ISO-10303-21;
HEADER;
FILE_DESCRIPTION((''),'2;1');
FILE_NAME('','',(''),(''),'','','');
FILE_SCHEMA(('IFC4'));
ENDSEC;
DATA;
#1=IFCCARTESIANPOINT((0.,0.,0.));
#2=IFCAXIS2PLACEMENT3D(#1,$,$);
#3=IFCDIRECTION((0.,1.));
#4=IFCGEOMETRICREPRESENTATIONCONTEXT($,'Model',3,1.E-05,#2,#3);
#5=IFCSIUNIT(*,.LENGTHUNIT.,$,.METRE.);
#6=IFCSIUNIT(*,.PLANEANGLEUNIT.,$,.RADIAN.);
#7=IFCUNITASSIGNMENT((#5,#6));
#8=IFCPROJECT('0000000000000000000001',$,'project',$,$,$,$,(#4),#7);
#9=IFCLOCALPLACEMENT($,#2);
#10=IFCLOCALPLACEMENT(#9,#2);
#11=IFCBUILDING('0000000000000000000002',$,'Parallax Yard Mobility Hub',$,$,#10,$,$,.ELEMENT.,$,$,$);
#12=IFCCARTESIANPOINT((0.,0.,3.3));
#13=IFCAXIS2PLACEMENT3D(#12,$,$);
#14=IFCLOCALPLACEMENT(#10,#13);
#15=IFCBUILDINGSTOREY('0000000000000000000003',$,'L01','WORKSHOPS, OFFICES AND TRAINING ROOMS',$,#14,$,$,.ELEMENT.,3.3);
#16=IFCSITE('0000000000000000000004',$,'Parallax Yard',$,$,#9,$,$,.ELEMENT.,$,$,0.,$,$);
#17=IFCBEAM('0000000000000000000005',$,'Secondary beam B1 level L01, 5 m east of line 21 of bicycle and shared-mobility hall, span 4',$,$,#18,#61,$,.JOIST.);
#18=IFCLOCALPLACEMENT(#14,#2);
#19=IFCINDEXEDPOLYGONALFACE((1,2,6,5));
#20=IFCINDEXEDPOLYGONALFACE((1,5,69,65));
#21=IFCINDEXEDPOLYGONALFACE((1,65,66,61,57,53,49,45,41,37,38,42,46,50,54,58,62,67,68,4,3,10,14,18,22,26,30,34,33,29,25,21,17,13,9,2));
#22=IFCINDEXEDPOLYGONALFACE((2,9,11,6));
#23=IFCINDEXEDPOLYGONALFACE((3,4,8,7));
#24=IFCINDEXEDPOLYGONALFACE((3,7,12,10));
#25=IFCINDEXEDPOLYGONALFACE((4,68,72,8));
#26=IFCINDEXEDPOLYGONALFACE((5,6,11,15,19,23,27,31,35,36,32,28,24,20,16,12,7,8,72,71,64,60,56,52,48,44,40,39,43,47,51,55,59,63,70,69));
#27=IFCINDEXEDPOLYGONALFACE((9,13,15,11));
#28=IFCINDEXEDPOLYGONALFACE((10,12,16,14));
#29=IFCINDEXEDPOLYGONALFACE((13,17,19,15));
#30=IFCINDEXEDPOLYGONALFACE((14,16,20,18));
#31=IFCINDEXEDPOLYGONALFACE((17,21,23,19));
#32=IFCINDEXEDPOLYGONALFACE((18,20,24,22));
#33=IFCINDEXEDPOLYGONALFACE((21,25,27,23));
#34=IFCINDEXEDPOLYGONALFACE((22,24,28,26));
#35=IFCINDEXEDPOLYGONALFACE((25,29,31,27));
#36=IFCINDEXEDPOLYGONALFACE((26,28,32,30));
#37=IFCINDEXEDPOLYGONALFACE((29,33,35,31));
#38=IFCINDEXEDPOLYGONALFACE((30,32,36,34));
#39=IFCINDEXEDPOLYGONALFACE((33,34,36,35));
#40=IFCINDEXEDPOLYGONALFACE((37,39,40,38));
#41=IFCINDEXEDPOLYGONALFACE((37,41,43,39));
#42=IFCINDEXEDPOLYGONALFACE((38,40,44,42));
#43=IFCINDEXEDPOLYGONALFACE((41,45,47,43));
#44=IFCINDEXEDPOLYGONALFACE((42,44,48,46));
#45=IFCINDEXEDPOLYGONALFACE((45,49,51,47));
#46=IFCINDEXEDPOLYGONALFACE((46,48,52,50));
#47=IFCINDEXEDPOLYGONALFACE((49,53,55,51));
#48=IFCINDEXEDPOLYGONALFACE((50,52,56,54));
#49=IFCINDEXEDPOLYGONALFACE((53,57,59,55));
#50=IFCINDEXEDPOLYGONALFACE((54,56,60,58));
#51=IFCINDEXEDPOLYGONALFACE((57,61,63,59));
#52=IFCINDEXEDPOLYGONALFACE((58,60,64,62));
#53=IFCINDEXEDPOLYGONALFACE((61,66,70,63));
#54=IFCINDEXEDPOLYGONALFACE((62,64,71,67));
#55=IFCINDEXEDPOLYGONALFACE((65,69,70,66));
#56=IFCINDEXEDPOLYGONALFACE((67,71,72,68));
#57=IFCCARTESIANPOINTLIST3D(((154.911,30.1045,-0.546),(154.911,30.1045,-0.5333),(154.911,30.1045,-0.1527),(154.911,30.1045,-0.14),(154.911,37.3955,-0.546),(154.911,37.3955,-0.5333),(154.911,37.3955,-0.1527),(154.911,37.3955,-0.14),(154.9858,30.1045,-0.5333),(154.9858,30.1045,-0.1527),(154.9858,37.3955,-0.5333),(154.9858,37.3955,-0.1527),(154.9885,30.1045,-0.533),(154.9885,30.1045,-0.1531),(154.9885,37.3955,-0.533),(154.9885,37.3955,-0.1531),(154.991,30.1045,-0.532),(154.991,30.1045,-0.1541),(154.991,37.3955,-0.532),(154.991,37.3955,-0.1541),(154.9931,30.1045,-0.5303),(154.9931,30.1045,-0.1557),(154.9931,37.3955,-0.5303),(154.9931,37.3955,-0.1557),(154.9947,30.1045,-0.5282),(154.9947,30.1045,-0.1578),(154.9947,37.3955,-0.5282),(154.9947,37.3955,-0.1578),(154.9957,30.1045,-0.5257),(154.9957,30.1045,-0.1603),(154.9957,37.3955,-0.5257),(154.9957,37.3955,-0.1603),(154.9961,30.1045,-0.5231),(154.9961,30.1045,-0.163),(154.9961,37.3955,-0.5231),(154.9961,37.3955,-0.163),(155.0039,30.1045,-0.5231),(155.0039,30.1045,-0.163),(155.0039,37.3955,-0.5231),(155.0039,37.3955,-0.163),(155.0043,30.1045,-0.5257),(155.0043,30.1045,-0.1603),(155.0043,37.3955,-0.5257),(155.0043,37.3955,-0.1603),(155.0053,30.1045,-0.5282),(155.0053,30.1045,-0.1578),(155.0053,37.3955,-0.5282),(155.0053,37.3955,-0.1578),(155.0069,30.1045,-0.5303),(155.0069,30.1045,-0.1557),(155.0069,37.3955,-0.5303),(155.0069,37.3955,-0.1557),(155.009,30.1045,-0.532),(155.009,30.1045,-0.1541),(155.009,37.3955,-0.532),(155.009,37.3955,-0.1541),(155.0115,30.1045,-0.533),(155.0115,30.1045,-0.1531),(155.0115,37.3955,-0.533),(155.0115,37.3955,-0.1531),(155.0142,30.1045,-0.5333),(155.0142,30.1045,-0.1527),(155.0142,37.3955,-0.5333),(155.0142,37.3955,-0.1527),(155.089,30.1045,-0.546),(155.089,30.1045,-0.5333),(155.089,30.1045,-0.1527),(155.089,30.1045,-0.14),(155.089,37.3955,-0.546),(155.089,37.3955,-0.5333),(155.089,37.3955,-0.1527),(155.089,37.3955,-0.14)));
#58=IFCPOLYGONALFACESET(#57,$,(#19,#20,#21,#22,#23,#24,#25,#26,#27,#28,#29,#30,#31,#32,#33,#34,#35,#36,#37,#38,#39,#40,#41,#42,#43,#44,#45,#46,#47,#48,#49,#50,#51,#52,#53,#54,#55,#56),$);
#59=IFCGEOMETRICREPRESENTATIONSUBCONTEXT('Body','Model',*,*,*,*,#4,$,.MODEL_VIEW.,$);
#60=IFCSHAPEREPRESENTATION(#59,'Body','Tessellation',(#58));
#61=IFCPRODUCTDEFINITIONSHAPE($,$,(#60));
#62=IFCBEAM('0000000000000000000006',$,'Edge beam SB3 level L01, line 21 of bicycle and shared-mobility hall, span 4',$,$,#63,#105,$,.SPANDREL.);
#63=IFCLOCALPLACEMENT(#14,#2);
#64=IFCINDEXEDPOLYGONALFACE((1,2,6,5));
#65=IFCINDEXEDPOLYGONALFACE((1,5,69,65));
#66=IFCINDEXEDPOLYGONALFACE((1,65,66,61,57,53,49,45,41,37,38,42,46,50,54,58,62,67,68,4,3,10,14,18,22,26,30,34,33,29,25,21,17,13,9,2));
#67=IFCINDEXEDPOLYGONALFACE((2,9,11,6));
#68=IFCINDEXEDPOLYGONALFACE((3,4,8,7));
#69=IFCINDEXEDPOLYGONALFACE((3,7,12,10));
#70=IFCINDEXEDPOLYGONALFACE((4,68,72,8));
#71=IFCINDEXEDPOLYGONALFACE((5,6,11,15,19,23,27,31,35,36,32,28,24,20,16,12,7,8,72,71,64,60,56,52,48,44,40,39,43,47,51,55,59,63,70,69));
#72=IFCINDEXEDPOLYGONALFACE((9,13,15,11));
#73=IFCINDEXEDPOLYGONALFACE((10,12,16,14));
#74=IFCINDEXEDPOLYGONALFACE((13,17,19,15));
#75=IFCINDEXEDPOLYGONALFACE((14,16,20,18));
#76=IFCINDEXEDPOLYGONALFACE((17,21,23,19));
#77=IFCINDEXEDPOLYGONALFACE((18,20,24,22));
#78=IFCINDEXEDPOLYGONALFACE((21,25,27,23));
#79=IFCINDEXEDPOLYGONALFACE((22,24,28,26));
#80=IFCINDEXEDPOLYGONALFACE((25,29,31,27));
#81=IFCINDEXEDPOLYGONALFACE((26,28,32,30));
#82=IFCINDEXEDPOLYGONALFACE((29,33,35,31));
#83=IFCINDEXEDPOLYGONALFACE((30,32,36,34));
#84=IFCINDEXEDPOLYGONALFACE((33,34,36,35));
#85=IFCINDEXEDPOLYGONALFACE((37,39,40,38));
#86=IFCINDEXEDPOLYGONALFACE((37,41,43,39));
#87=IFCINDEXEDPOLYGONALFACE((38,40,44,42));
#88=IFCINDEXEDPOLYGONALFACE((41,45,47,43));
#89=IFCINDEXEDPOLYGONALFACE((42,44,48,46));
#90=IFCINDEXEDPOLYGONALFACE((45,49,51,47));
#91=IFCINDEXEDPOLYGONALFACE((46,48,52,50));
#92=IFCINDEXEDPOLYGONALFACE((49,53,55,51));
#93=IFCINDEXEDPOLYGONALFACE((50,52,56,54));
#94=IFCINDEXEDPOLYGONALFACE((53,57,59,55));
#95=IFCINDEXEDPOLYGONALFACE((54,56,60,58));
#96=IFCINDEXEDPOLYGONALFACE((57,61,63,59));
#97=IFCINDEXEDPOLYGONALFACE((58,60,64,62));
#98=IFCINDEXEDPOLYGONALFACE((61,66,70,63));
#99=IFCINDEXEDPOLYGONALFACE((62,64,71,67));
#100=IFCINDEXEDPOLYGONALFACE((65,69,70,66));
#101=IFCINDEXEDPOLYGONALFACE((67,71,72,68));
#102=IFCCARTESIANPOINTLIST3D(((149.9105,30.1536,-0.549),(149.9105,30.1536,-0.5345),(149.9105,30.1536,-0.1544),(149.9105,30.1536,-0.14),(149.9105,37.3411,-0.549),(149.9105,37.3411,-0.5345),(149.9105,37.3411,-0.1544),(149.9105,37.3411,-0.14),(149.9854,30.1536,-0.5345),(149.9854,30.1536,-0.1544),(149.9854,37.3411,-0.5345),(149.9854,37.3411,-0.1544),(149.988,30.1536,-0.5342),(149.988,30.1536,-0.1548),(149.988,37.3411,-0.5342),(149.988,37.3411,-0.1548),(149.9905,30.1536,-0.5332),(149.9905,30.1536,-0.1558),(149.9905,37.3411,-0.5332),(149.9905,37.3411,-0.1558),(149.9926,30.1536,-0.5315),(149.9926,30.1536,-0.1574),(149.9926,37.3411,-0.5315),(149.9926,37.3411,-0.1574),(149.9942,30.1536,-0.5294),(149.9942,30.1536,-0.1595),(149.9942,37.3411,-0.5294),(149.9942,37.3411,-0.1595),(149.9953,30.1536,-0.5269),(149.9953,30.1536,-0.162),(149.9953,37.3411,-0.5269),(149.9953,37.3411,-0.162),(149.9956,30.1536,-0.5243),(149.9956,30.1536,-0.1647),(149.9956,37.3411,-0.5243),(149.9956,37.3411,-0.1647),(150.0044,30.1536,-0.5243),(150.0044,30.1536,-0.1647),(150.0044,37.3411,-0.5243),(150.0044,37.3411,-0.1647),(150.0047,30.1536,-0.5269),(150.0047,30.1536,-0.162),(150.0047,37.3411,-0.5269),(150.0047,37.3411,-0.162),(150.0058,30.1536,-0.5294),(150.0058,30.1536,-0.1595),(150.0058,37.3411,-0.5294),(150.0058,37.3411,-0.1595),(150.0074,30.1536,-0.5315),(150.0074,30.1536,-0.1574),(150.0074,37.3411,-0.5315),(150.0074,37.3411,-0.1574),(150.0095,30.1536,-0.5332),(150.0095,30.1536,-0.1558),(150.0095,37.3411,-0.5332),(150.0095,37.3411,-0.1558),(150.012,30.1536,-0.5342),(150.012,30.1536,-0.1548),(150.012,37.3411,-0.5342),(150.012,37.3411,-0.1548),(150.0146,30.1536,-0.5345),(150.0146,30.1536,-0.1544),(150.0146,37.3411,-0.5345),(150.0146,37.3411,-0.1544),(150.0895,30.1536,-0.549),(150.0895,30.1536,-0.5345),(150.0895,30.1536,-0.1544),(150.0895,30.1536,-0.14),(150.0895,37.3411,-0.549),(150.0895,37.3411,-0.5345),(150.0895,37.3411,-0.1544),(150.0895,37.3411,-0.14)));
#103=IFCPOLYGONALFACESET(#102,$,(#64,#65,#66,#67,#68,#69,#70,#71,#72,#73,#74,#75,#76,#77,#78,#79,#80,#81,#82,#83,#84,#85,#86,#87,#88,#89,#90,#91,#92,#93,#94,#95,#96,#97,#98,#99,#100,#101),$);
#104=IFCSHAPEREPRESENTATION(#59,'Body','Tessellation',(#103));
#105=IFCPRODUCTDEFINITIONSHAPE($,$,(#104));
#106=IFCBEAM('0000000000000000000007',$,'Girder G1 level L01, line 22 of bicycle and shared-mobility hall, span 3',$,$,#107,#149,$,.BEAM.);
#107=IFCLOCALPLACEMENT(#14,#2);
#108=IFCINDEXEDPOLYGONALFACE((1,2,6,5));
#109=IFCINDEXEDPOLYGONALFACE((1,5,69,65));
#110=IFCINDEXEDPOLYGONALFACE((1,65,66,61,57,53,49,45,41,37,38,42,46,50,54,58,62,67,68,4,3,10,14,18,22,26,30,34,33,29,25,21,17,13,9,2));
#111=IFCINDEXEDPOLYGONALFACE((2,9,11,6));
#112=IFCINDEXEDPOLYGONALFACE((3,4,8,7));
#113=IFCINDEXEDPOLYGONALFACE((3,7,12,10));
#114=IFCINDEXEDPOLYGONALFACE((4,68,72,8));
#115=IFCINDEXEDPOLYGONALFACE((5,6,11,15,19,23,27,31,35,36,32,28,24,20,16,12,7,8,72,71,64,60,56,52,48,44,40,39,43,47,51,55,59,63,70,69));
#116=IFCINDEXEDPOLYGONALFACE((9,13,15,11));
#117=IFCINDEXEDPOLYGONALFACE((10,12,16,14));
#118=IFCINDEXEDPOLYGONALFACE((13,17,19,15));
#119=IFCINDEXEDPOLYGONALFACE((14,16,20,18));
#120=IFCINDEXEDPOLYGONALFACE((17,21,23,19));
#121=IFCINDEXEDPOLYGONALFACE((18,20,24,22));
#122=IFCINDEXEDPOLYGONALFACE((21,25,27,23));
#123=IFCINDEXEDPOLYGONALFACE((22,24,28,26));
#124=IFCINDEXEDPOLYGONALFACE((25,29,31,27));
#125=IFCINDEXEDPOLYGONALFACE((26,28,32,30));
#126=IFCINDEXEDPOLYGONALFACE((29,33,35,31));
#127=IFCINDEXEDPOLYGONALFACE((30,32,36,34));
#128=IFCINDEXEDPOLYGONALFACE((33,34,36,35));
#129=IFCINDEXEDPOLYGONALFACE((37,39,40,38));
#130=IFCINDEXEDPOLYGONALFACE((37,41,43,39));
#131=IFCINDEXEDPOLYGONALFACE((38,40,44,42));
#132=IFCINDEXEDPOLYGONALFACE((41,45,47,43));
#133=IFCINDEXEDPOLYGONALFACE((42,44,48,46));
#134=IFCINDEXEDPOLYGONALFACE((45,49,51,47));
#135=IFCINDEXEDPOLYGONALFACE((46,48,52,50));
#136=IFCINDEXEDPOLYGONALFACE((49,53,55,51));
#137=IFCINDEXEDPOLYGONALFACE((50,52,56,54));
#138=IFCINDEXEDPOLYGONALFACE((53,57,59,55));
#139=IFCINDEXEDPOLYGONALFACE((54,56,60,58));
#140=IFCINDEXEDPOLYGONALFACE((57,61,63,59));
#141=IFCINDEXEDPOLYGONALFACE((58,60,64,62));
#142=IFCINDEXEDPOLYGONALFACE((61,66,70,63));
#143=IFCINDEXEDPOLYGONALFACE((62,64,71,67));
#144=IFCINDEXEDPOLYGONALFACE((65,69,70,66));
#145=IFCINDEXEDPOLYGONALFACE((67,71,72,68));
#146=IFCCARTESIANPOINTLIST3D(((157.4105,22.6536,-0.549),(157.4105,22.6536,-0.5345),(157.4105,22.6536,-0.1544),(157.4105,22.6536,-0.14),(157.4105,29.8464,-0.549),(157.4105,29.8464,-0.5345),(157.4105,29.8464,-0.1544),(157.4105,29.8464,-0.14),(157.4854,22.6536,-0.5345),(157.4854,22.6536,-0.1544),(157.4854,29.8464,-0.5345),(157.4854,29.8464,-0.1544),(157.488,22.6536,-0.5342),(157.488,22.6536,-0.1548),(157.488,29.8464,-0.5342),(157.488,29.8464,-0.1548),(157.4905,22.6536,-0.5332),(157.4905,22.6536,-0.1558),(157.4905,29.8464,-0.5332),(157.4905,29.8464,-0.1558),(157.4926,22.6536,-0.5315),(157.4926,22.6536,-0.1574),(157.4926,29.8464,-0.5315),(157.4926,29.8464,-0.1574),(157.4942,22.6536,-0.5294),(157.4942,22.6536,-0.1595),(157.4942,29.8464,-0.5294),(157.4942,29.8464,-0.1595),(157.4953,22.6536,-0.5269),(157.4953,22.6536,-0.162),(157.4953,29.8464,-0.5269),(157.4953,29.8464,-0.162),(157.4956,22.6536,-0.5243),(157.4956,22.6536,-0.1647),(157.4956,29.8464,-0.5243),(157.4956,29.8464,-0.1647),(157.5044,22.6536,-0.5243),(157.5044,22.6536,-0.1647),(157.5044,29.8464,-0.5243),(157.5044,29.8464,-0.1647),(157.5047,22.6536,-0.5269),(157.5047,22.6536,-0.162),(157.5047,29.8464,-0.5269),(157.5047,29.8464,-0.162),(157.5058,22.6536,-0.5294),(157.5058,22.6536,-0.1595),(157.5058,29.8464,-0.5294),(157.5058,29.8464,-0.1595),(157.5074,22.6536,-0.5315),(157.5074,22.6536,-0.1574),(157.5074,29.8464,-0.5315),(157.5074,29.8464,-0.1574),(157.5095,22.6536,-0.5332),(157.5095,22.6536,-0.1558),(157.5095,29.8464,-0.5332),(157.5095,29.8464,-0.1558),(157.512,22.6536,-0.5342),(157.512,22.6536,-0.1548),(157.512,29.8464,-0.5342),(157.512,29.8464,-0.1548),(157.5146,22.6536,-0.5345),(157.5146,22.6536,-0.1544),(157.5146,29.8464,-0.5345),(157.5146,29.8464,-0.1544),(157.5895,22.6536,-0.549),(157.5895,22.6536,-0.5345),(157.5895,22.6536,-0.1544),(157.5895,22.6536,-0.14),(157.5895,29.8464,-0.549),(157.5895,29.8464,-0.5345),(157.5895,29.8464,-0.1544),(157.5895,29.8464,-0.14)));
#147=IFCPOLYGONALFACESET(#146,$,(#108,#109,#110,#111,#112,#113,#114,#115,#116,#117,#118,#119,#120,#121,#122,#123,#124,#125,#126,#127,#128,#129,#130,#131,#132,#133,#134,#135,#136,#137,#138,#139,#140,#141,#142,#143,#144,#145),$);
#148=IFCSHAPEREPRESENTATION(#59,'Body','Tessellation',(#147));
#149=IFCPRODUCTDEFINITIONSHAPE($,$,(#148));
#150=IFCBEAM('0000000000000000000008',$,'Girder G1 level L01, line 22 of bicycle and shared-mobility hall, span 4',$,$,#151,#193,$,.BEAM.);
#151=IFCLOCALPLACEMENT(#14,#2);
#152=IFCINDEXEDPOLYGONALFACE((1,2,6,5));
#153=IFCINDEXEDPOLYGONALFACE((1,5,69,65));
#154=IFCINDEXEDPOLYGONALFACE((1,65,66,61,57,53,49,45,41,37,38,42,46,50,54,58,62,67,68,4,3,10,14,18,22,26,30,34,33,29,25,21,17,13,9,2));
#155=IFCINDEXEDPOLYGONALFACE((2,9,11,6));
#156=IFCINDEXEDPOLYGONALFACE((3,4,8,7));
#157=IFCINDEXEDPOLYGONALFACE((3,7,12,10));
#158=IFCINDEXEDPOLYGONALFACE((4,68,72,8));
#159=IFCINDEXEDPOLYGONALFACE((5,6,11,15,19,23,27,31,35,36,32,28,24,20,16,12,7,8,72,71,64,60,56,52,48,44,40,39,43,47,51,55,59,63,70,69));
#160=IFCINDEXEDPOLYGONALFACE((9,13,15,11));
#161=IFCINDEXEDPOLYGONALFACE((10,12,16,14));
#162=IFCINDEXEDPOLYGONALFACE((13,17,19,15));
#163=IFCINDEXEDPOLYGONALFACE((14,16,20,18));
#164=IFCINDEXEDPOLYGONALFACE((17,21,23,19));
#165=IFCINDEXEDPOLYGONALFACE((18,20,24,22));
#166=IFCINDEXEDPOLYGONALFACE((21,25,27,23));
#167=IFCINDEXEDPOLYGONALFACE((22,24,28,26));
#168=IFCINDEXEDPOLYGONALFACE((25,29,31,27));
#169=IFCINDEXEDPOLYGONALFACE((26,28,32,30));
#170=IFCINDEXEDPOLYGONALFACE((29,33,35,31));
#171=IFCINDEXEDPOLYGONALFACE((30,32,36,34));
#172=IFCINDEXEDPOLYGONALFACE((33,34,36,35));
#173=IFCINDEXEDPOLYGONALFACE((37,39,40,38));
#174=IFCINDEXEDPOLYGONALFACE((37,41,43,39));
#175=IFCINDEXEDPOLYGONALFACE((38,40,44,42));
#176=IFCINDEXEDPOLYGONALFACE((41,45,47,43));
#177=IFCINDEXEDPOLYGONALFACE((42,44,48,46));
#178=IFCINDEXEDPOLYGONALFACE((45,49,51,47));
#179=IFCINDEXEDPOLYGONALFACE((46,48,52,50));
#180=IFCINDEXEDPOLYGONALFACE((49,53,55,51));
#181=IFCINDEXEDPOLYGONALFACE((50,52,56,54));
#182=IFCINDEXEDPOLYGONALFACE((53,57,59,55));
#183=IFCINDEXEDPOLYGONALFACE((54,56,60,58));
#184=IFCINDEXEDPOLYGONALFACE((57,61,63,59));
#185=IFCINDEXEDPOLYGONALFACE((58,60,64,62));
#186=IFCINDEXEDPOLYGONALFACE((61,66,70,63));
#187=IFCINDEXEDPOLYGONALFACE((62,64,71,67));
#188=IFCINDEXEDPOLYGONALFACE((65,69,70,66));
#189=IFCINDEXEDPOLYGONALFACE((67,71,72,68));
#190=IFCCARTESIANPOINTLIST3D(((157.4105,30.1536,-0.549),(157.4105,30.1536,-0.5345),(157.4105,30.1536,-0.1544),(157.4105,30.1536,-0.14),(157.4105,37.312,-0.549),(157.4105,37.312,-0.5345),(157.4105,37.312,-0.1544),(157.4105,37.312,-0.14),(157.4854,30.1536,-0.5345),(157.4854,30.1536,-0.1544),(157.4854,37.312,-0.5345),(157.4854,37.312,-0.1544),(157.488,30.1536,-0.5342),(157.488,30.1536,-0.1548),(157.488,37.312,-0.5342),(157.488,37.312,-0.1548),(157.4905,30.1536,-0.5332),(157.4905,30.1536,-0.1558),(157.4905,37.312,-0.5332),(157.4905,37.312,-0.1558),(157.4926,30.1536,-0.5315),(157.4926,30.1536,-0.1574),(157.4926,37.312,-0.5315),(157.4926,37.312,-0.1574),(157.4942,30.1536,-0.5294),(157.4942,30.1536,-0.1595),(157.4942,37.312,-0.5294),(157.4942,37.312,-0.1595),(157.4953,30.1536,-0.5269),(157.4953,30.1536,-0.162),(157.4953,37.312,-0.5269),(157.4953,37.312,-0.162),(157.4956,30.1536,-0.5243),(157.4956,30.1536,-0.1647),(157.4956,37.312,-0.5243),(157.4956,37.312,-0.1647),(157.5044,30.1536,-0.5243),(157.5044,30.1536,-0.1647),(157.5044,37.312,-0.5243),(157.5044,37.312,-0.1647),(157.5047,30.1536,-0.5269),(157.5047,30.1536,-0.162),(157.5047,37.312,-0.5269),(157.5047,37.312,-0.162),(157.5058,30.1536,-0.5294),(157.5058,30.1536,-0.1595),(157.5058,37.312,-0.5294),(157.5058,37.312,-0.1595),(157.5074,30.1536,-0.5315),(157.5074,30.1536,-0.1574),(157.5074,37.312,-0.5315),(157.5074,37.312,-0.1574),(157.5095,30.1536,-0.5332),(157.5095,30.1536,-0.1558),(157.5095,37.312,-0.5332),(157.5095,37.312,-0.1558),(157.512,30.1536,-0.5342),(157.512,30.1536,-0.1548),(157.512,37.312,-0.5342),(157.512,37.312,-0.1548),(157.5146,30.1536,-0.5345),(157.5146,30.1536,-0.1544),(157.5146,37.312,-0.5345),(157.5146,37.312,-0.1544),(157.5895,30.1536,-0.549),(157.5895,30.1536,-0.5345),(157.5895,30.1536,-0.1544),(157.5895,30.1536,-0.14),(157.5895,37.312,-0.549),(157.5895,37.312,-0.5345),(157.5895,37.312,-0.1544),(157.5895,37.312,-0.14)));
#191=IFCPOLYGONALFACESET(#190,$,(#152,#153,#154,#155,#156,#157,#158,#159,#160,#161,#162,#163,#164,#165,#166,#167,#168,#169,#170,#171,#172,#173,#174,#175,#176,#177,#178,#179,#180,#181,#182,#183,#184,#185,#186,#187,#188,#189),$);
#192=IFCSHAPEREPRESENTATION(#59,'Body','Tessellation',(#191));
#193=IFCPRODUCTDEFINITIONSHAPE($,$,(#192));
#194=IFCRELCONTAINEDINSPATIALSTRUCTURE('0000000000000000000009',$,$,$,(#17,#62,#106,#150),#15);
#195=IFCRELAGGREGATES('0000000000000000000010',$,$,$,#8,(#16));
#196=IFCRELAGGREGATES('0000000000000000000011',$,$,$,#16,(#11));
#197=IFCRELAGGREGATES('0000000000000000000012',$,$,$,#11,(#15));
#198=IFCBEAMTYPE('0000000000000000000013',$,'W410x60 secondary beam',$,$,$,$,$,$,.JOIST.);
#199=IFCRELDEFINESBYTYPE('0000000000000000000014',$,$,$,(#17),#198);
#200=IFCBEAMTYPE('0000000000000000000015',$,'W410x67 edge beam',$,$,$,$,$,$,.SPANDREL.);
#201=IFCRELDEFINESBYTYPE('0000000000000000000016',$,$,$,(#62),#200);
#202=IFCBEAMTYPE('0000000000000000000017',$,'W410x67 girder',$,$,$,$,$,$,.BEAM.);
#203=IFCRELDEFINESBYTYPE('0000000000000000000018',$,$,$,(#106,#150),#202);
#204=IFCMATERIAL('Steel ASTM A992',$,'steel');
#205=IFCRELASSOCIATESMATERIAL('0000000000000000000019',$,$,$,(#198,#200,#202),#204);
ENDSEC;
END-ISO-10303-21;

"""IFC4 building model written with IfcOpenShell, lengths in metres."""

from ifc_helpers import new_model, si_unit, direction, frame, origin, origin_2d, place, context, subcontext, project, spatial, i_section, extrude, material, material_profile, profile_set, type_object, element, save


model = new_model("IFC4")

# Units and contexts
model_context = context("Model", 3, precision=1e-05, world=origin(), true_north=direction((0.0, 1.0)))
body_context = subcontext(model_context, "Body", "Model", "MODEL_VIEW")
ifc_project = project(units=[si_unit("LENGTHUNIT", "METRE"), si_unit("PLANEANGLEUNIT", "RADIAN")], contexts=[model_context])

# Site, building, storey
site_placement = place(None, origin())
site = spatial("IfcSite", under=ifc_project, at=site_placement, Name="Parallax Yard", CompositionType="ELEMENT", RefElevation=0.0)
building_placement = place(site_placement, origin())
building = spatial("IfcBuilding", under=site, at=building_placement, Name="Parallax Yard Mobility Hub", CompositionType="ELEMENT")
storey_placement = place(building_placement, frame((0.0, 0.0, 3.3)))
storey = spatial("IfcBuildingStorey", under=building, at=storey_placement, Name="L01", Description="WORKSHOPS, OFFICES AND TRAINING ROOMS", CompositionType="ELEMENT", Elevation=3.3)

# Shared definitions
ifc_material_1 = material(Name="Steel ASTM A992", Category="steel")

# Beams
ifc_material_profile_1 = material_profile(ifc_material_1, i_section(OverallWidth=0.178, OverallDepth=0.406, WebThickness=0.0078, FlangeThickness=0.0127, FilletRadius=0.0103, at=origin_2d()), Name="W410x60")
ifc_profile_set_1 = profile_set([ifc_material_profile_1], Name="Steel ASTM A992")
beam_type_1 = type_object("IfcBeamType", Name="W410x60 secondary beam", PredefinedType="JOIST", material=ifc_profile_set_1)
for number, where, z_axis, x_axis, name in (
    (1, (155.0, 30.1045, -0.343), (0.0, 1.0, 0.0), (-1.0, 0.0, 0.0), "Secondary beam B1 level L01, 5 m east of line 21 of bicycle and shared-mobility hall, span 4"),
):
    element("IfcBeam", number, at=place(storey_placement, frame(where, z_axis=z_axis, x_axis=x_axis)), inside=storey, type_object=beam_type_1, Name=name, PredefinedType="JOIST", context=body_context, shape_type="SweptSolid", body=[
        extrude(i_section(OverallWidth=0.178, OverallDepth=0.406, WebThickness=0.0078, FlangeThickness=0.0127, FilletRadius=0.0103, at=origin_2d()), origin(), (0.0, 0.0, 1.0), 7.291),
    ])
ifc_material_profile_2 = material_profile(ifc_material_1, i_section(OverallWidth=0.179, OverallDepth=0.4089, WebThickness=0.0088, FlangeThickness=0.0144, FilletRadius=0.0103, at=origin_2d()), Name="W410x67")
ifc_profile_set_2 = profile_set([ifc_material_profile_2], Name="Steel ASTM A992")
beam_type_2 = type_object("IfcBeamType", Name="W410x67 edge beam", PredefinedType="SPANDREL", material=ifc_profile_set_2)
beam_1_placement = place(storey_placement, frame((150.0, 30.1536, -0.3445), z_axis=(0.0, 1.0, 0.0), x_axis=(-1.0, 0.0, 0.0)))
element("IfcBeam", 2, at=beam_1_placement, inside=storey, type_object=beam_type_2, Name="Edge beam SB3 level L01, line 21 of bicycle and shared-mobility hall, span 4", PredefinedType="SPANDREL", context=body_context, shape_type="SweptSolid", body=[
    extrude(i_section(OverallWidth=0.179, OverallDepth=0.4089, WebThickness=0.0088, FlangeThickness=0.0144, FilletRadius=0.0103, at=origin_2d()), origin(), (0.0, 0.0, 1.0), 7.1875),
])
ifc_material_profile_3 = material_profile(ifc_material_1, i_section(OverallWidth=0.179, OverallDepth=0.4089, WebThickness=0.0088, FlangeThickness=0.0144, FilletRadius=0.0103, at=origin_2d()), Name="W410x67")
ifc_profile_set_3 = profile_set([ifc_material_profile_3], Name="Steel ASTM A992")
beam_type_3 = type_object("IfcBeamType", Name="W410x67 girder", PredefinedType="BEAM", material=ifc_profile_set_3)
beam_2_placement = place(storey_placement, frame((157.5, 22.6536, -0.3445), z_axis=(0.0, 1.0, 0.0), x_axis=(-1.0, 0.0, 0.0)))
element("IfcBeam", 3, at=beam_2_placement, inside=storey, type_object=beam_type_3, Name="Girder G1 level L01, line 22 of bicycle and shared-mobility hall, span 3", PredefinedType="BEAM", context=body_context, shape_type="SweptSolid", body=[
    extrude(i_section(OverallWidth=0.179, OverallDepth=0.4089, WebThickness=0.0088, FlangeThickness=0.0144, FilletRadius=0.0103, at=origin_2d()), origin(), (0.0, 0.0, 1.0), 7.1929),
])
beam_3_placement = place(storey_placement, frame((157.5, 30.1536, -0.3445), z_axis=(0.0, 1.0, 0.0), x_axis=(-1.0, 0.0, 0.0)))
element("IfcBeam", 4, at=beam_3_placement, inside=storey, type_object=beam_type_3, Name="Girder G1 level L01, line 22 of bicycle and shared-mobility hall, span 4", PredefinedType="BEAM", context=body_context, shape_type="SweptSolid", body=[
    extrude(i_section(OverallWidth=0.179, OverallDepth=0.4089, WebThickness=0.0088, FlangeThickness=0.0144, FilletRadius=0.0103, at=origin_2d()), origin(), (0.0, 0.0, 1.0), 7.1584),
])

save(model, "model.ifc")
